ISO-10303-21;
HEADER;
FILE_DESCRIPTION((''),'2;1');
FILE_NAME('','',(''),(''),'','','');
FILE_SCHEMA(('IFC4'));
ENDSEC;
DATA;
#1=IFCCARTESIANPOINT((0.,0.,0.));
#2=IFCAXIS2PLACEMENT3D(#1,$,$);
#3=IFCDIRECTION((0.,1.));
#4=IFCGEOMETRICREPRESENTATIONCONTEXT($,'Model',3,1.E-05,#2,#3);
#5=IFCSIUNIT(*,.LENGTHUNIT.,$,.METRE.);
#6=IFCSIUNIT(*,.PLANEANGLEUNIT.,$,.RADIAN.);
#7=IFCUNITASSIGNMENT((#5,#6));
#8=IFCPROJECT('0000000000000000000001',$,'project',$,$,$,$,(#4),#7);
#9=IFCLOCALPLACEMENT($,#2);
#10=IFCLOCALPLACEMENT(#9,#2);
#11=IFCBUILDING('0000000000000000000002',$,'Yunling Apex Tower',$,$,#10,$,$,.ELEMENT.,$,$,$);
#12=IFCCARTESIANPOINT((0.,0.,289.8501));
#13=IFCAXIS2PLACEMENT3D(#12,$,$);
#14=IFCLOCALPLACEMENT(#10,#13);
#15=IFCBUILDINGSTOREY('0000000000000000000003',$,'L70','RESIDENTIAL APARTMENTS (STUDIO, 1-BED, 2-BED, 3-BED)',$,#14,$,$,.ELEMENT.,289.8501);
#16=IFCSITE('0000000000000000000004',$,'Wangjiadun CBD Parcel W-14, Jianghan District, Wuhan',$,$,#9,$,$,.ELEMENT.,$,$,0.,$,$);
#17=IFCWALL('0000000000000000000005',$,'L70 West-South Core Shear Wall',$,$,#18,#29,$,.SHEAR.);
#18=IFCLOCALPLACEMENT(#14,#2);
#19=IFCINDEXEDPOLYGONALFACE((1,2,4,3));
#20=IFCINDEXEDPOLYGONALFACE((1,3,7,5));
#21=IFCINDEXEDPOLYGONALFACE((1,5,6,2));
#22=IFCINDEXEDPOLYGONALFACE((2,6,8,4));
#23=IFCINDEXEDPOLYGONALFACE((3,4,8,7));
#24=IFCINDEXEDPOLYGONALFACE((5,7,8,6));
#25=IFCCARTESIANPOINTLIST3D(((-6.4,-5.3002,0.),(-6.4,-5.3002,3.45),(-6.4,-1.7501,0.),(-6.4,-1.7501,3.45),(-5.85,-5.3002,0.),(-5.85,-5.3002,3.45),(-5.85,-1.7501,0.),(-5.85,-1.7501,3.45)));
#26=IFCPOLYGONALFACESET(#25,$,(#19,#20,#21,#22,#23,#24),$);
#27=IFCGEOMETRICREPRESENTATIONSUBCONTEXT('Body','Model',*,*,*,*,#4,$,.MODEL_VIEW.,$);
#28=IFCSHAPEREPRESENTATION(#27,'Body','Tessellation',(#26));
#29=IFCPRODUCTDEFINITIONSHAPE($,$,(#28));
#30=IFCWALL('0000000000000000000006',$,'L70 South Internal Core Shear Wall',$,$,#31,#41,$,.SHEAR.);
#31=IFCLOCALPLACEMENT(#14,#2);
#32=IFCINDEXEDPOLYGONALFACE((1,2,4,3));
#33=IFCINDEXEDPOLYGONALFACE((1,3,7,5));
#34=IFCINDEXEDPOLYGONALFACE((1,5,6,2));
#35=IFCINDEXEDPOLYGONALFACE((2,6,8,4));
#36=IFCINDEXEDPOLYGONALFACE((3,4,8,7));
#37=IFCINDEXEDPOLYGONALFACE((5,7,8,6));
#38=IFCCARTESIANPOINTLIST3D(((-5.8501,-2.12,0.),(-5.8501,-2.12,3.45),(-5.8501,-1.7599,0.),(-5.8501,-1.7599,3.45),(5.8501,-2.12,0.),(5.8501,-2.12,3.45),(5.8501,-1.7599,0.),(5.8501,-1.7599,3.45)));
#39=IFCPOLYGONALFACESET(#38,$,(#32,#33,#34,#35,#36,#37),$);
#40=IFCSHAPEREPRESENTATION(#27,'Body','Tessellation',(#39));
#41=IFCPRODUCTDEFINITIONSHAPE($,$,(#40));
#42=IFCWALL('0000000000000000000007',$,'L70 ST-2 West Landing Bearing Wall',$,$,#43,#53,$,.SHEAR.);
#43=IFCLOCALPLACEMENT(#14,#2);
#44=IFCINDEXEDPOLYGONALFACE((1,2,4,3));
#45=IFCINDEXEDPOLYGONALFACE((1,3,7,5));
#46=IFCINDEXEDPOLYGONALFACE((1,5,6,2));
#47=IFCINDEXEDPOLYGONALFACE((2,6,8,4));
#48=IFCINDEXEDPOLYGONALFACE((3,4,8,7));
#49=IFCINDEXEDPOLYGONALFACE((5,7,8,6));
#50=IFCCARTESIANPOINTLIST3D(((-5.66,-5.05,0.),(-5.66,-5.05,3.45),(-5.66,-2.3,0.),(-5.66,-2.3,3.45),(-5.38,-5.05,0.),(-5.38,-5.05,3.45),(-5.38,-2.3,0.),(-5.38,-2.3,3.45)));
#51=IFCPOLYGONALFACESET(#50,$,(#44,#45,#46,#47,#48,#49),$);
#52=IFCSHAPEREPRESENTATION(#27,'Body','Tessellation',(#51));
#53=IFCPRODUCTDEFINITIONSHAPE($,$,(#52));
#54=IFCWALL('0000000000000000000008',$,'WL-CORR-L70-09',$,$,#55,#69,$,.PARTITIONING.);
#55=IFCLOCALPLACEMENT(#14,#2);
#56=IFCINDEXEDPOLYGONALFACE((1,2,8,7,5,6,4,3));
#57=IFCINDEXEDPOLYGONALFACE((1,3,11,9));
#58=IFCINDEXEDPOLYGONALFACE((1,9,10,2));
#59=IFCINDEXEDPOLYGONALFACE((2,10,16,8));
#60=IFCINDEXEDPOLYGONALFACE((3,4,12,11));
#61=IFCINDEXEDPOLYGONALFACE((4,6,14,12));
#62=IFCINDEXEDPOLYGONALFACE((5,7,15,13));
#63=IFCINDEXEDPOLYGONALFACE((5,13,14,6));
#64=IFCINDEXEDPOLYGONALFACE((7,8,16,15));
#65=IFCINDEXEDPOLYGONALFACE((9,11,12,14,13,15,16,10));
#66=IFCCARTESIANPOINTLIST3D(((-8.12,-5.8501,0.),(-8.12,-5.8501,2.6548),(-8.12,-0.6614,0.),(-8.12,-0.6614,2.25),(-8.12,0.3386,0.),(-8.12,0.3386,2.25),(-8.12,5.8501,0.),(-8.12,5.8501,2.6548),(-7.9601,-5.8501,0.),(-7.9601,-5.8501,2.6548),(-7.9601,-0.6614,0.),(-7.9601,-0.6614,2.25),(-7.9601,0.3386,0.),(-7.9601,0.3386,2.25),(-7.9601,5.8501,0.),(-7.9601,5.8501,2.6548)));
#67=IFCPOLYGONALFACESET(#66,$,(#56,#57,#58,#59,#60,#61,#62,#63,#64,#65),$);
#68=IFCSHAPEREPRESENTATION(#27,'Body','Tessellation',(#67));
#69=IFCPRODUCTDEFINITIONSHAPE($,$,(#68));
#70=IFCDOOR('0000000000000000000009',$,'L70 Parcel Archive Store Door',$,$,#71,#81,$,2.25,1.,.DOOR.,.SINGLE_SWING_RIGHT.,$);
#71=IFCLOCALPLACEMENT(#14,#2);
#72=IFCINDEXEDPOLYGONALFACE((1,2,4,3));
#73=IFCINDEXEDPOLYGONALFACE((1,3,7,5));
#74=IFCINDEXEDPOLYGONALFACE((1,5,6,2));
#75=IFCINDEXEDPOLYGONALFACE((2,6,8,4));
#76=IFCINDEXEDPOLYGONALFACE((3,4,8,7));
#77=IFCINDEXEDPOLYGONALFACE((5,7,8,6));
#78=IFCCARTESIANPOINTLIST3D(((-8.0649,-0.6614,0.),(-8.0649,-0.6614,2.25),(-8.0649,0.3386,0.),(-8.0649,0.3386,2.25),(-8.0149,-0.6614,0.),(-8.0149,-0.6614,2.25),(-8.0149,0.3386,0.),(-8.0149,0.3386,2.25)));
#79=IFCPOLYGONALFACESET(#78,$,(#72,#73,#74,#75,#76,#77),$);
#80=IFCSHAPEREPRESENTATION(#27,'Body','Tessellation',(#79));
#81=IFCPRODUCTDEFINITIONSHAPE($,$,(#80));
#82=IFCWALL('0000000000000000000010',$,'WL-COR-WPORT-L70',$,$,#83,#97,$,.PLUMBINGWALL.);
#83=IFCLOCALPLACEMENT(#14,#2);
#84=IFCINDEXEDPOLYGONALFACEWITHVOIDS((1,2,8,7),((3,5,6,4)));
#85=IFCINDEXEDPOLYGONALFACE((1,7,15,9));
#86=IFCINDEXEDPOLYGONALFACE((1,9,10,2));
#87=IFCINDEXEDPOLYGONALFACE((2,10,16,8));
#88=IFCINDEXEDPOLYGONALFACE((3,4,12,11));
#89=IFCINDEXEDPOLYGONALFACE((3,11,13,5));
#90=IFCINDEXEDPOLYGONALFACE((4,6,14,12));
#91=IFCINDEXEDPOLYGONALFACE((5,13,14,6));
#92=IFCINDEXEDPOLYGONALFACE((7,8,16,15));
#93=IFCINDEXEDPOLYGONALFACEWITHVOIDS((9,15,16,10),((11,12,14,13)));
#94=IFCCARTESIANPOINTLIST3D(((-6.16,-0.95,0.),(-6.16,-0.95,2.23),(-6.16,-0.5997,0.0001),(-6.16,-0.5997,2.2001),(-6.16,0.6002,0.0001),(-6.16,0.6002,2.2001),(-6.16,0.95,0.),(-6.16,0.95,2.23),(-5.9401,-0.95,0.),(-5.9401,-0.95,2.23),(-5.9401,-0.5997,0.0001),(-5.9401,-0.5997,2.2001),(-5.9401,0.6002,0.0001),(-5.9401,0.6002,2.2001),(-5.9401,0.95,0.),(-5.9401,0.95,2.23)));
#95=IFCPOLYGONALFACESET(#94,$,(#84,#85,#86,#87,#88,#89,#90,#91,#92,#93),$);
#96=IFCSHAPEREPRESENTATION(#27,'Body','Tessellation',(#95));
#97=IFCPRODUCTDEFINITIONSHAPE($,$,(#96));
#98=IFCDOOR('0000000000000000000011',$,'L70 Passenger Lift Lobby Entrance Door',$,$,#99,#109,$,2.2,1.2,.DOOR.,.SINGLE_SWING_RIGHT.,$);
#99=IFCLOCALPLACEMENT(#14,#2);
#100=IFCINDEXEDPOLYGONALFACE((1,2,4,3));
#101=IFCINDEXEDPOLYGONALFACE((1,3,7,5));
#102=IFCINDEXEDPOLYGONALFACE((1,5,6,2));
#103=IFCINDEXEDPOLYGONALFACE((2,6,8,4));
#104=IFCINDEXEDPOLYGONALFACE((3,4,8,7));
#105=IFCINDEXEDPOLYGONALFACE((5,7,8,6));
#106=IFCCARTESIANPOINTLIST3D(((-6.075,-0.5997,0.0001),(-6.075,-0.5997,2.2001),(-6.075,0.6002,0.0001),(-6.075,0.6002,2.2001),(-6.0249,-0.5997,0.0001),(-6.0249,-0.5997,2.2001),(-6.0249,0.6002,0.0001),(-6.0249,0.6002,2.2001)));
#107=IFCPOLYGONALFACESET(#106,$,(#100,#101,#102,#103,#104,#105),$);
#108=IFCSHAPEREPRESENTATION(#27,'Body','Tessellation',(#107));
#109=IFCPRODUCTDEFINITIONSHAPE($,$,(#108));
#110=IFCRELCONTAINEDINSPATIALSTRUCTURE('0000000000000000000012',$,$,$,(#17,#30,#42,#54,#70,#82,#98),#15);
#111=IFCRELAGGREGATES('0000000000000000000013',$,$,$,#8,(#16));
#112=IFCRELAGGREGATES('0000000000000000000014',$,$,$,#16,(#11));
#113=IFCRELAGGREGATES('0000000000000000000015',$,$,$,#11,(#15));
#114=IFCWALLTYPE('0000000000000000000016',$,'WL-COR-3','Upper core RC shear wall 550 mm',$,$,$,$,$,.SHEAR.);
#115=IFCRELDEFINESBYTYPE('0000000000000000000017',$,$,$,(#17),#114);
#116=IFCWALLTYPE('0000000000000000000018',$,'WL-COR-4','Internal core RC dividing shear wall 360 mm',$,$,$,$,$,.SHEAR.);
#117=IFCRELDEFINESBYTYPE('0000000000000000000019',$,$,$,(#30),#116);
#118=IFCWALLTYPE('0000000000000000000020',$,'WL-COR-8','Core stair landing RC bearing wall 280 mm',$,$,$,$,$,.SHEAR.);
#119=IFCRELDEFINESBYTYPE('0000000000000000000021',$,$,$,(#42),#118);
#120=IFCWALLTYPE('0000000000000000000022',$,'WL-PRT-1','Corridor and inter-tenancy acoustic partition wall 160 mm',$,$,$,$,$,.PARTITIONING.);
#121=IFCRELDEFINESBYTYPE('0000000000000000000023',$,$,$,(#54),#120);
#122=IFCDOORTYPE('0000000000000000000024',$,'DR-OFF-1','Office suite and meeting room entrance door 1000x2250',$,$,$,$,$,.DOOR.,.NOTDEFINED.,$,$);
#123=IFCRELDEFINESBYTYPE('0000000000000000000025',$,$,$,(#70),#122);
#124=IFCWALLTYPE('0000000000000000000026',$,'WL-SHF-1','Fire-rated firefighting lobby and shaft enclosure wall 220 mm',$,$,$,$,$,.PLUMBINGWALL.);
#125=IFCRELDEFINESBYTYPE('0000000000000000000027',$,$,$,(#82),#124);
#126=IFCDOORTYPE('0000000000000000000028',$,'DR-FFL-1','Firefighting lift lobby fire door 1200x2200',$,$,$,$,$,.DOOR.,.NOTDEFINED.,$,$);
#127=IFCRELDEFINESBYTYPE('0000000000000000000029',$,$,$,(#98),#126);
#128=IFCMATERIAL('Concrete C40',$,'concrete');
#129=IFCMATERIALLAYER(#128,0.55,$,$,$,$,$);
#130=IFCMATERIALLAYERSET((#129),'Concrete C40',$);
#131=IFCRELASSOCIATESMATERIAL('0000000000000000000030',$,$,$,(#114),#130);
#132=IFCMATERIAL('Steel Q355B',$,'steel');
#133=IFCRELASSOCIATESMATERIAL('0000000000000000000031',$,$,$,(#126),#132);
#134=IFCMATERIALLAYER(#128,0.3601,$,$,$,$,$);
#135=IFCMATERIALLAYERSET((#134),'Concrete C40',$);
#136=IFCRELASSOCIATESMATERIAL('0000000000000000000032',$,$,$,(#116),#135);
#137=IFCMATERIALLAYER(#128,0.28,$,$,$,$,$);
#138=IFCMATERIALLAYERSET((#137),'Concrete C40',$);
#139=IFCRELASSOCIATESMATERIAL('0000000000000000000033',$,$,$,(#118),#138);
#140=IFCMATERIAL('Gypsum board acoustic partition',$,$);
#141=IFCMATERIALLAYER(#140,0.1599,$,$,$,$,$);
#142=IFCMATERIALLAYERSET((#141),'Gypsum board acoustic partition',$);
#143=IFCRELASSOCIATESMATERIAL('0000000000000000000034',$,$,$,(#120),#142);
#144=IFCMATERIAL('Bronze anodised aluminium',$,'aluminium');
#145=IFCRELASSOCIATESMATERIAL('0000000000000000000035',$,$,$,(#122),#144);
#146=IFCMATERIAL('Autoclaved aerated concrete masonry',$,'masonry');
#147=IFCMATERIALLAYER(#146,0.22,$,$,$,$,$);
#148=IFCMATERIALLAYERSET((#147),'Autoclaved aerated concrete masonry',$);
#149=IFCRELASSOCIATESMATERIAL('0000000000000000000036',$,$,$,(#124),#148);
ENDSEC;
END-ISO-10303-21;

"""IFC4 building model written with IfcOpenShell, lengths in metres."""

from ifc_helpers import new_model, si_unit, direction, frame, frame_2d, origin, place, context, subcontext, project, spatial, rectangle, extrude, material, layer, layer_set, type_object, element, fill, save


model = new_model("IFC4")

# Units and contexts
model_context = context("Model", 3, precision=1e-05, world=origin(), true_north=direction((0.0, 1.0)))
body_context = subcontext(model_context, "Body", "Model", "MODEL_VIEW")
ifc_project = project(units=[si_unit("LENGTHUNIT", "METRE"), si_unit("PLANEANGLEUNIT", "RADIAN")], contexts=[model_context])

# Site, building, storey
site_placement = place(None, origin())
site = spatial("IfcSite", under=ifc_project, at=site_placement, Name="Wangjiadun CBD Parcel W-14, Jianghan District, Wuhan", CompositionType="ELEMENT", RefElevation=0.0)
building_placement = place(site_placement, origin())
building = spatial("IfcBuilding", under=site, at=building_placement, Name="Yunling Apex Tower", CompositionType="ELEMENT")
storey_placement = place(building_placement, frame((0.0, 0.0, 289.8501)))
storey = spatial("IfcBuildingStorey", under=building, at=storey_placement, Name="L70", Description="RESIDENTIAL APARTMENTS (STUDIO, 1-BED, 2-BED, 3-BED)", CompositionType="ELEMENT", Elevation=289.8501)

# Shared definitions
ifc_material_1 = material(Name="Steel Q355B", Category="steel")
ifc_material_2 = material(Name="Concrete C40", Category="concrete")

# Shared definitions
ifc_layer_1 = layer(ifc_material_2, 0.55)
ifc_layer_set_1 = layer_set([ifc_layer_1], Name="Concrete C40")
wall_type_1 = type_object("IfcWallType", Name="WL-COR-3", Description="Upper core RC shear wall 550 mm", PredefinedType="SHEAR", material=ifc_layer_set_1)
door_type_1 = type_object("IfcDoorType", Name="DR-FFL-1", Description="Firefighting lift lobby fire door 1200x2200", OperationType="NOTDEFINED", PredefinedType="DOOR", material=ifc_material_1)

# Walls
wall_1_placement = place(storey_placement, frame((-6.125, -5.3, 0.0), z_axis=(0.0, 0.0, 1.0), x_axis=(0.0, 1.0, 0.0)))
element("IfcWall", 1, at=wall_1_placement, inside=storey, type_object=wall_type_1, Name="L70 West-South Core Shear Wall", PredefinedType="SHEAR", context=body_context, shape_type="SweptSolid", body=[
    extrude(rectangle(XDim=3.55, YDim=0.55, at=frame_2d((1.7749, 0.0))), origin(), (0.0, 0.0, 1.0), 3.45),
])
ifc_layer_2 = layer(ifc_material_2, 0.3601)
ifc_layer_set_2 = layer_set([ifc_layer_2], Name="Concrete C40")
wall_type_2 = type_object("IfcWallType", Name="WL-COR-4", Description="Internal core RC dividing shear wall 360 mm", PredefinedType="SHEAR", material=ifc_layer_set_2)
wall_2_placement = place(storey_placement, frame((-5.8501, -1.9399, 0.0), z_axis=(0.0, 0.0, 1.0), x_axis=(1.0, 0.0, 0.0)))
element("IfcWall", 2, at=wall_2_placement, inside=storey, type_object=wall_type_2, Name="L70 South Internal Core Shear Wall", PredefinedType="SHEAR", context=body_context, shape_type="SweptSolid", body=[
    extrude(rectangle(XDim=11.7002, YDim=0.3601, at=frame_2d((5.8501, 0.0))), origin(), (0.0, 0.0, 1.0), 3.45),
])
ifc_layer_3 = layer(ifc_material_2, 0.28)
ifc_layer_set_3 = layer_set([ifc_layer_3], Name="Concrete C40")
wall_type_3 = type_object("IfcWallType", Name="WL-COR-8", Description="Core stair landing RC bearing wall 280 mm", PredefinedType="SHEAR", material=ifc_layer_set_3)
wall_3_placement = place(storey_placement, frame((-5.52, -5.05, 0.0), z_axis=(0.0, 0.0, 1.0), x_axis=(0.0, 1.0, 0.0)))
element("IfcWall", 3, at=wall_3_placement, inside=storey, type_object=wall_type_3, Name="L70 ST-2 West Landing Bearing Wall", PredefinedType="SHEAR", context=body_context, shape_type="SweptSolid", body=[
    extrude(rectangle(XDim=2.75, YDim=0.28, at=frame_2d((1.375, 0.0))), origin(), (0.0, 0.0, 1.0), 3.45),
])

# Walls, openings, doors
ifc_material_3 = material(Name="Gypsum board acoustic partition")
ifc_layer_4 = layer(ifc_material_3, 0.1599)
ifc_layer_set_4 = layer_set([ifc_layer_4], Name="Gypsum board acoustic partition")
wall_type_4 = type_object("IfcWallType", Name="WL-PRT-1", Description="Corridor and inter-tenancy acoustic partition wall 160 mm", PredefinedType="PARTITIONING", material=ifc_layer_set_4)
wall_4_placement = place(storey_placement, frame((-8.04, -5.8501, 0.0), z_axis=(0.0, 0.0, 1.0), x_axis=(0.0, 1.0, 0.0)))
wall_4 = element("IfcWall", 4, at=wall_4_placement, inside=storey, type_object=wall_type_4, Name="WL-CORR-L70-09", PredefinedType="PARTITIONING", context=body_context, shape_type="SweptSolid", body=[
    extrude(rectangle(XDim=11.7002, YDim=0.1599, at=frame_2d((5.8501, 0.0))), origin(), (0.0, 0.0, 1.0), 2.6548),
])
opening_1_placement = place(wall_4_placement, frame((5.1887, 0.0, 0.0)))
opening_1 = element("IfcOpeningElement", 5, at=opening_1_placement, cuts=wall_4, PredefinedType="OPENING", context=body_context, shape_type="SweptSolid", body=[
    extrude(rectangle(XDim=1.0, YDim=2.25, at=frame_2d((0.5, 1.125))), frame((0.0, 0.0898, 0.0), z_axis=(0.0, -1.0, 0.0), x_axis=(1.0, 0.0, 0.0)), (0.0, 0.0, 1.0), 0.1799),
])
ifc_material_4 = material(Name="Bronze anodised aluminium", Category="aluminium")
door_type_2 = type_object("IfcDoorType", Name="DR-OFF-1", Description="Office suite and meeting room entrance door 1000x2250", OperationType="NOTDEFINED", PredefinedType="DOOR", material=ifc_material_4)
door_1_placement = place(opening_1_placement, origin())
door_1 = element("IfcDoor", 6, at=door_1_placement, inside=storey, type_object=door_type_2, Name="L70 Parcel Archive Store Door", OperationType="SINGLE_SWING_RIGHT", OverallHeight=2.25, OverallWidth=1.0, PredefinedType="DOOR", context=body_context, shape_type="SweptSolid", body=[
    extrude(rectangle(XDim=1.0, YDim=2.25, at=frame_2d((0.5, 1.125))), frame((0.0, 0.0249, 0.0), z_axis=(0.0, -1.0, 0.0), x_axis=(1.0, 0.0, 0.0)), (0.0, 0.0, 1.0), 0.05),
])
fill(opening_1, door_1)
ifc_material_5 = material(Name="Autoclaved aerated concrete masonry", Category="masonry")
ifc_layer_5 = layer(ifc_material_5, 0.22)
ifc_layer_set_5 = layer_set([ifc_layer_5], Name="Autoclaved aerated concrete masonry")
wall_type_5 = type_object("IfcWallType", Name="WL-SHF-1", Description="Fire-rated firefighting lobby and shaft enclosure wall 220 mm", PredefinedType="PLUMBINGWALL", material=ifc_layer_set_5)
wall_5_placement = place(storey_placement, frame((-6.05, -0.95, 0.0), z_axis=(0.0, 0.0, 1.0), x_axis=(0.0, 1.0, 0.0)))
wall_5 = element("IfcWall", 7, at=wall_5_placement, inside=storey, type_object=wall_type_5, Name="WL-COR-WPORT-L70", PredefinedType="PLUMBINGWALL", context=body_context, shape_type="SweptSolid", body=[
    extrude(rectangle(XDim=1.8999, YDim=0.22, at=frame_2d((0.95, 0.0))), origin(), (0.0, 0.0, 1.0), 2.23),
])
opening_2_placement = place(wall_5_placement, frame((0.3501, 0.0, 0.0)))
opening_2 = element("IfcOpeningElement", 8, at=opening_2_placement, cuts=wall_5, PredefinedType="OPENING", context=body_context, shape_type="SweptSolid", body=[
    extrude(rectangle(XDim=1.2, YDim=2.2, at=frame_2d((0.6001, 1.1001))), frame((0.0, 0.1201, 0.0), z_axis=(0.0, -1.0, 0.0), x_axis=(1.0, 0.0, 0.0)), (0.0, 0.0, 1.0), 0.24),
])
door_2_placement = place(opening_2_placement, origin())
door_2 = element("IfcDoor", 9, at=door_2_placement, inside=storey, type_object=door_type_1, Name="L70 Passenger Lift Lobby Entrance Door", OperationType="SINGLE_SWING_RIGHT", OverallHeight=2.2, OverallWidth=1.2, PredefinedType="DOOR", context=body_context, shape_type="SweptSolid", body=[
    extrude(rectangle(XDim=1.2, YDim=2.2, at=frame_2d((0.6001, 1.1001))), frame((0.0, 0.0249, 0.0), z_axis=(0.0, -1.0, 0.0), x_axis=(1.0, 0.0, 0.0)), (0.0, 0.0, 1.0), 0.05),
])
fill(opening_2, door_2)

save(model, "model.ifc")
